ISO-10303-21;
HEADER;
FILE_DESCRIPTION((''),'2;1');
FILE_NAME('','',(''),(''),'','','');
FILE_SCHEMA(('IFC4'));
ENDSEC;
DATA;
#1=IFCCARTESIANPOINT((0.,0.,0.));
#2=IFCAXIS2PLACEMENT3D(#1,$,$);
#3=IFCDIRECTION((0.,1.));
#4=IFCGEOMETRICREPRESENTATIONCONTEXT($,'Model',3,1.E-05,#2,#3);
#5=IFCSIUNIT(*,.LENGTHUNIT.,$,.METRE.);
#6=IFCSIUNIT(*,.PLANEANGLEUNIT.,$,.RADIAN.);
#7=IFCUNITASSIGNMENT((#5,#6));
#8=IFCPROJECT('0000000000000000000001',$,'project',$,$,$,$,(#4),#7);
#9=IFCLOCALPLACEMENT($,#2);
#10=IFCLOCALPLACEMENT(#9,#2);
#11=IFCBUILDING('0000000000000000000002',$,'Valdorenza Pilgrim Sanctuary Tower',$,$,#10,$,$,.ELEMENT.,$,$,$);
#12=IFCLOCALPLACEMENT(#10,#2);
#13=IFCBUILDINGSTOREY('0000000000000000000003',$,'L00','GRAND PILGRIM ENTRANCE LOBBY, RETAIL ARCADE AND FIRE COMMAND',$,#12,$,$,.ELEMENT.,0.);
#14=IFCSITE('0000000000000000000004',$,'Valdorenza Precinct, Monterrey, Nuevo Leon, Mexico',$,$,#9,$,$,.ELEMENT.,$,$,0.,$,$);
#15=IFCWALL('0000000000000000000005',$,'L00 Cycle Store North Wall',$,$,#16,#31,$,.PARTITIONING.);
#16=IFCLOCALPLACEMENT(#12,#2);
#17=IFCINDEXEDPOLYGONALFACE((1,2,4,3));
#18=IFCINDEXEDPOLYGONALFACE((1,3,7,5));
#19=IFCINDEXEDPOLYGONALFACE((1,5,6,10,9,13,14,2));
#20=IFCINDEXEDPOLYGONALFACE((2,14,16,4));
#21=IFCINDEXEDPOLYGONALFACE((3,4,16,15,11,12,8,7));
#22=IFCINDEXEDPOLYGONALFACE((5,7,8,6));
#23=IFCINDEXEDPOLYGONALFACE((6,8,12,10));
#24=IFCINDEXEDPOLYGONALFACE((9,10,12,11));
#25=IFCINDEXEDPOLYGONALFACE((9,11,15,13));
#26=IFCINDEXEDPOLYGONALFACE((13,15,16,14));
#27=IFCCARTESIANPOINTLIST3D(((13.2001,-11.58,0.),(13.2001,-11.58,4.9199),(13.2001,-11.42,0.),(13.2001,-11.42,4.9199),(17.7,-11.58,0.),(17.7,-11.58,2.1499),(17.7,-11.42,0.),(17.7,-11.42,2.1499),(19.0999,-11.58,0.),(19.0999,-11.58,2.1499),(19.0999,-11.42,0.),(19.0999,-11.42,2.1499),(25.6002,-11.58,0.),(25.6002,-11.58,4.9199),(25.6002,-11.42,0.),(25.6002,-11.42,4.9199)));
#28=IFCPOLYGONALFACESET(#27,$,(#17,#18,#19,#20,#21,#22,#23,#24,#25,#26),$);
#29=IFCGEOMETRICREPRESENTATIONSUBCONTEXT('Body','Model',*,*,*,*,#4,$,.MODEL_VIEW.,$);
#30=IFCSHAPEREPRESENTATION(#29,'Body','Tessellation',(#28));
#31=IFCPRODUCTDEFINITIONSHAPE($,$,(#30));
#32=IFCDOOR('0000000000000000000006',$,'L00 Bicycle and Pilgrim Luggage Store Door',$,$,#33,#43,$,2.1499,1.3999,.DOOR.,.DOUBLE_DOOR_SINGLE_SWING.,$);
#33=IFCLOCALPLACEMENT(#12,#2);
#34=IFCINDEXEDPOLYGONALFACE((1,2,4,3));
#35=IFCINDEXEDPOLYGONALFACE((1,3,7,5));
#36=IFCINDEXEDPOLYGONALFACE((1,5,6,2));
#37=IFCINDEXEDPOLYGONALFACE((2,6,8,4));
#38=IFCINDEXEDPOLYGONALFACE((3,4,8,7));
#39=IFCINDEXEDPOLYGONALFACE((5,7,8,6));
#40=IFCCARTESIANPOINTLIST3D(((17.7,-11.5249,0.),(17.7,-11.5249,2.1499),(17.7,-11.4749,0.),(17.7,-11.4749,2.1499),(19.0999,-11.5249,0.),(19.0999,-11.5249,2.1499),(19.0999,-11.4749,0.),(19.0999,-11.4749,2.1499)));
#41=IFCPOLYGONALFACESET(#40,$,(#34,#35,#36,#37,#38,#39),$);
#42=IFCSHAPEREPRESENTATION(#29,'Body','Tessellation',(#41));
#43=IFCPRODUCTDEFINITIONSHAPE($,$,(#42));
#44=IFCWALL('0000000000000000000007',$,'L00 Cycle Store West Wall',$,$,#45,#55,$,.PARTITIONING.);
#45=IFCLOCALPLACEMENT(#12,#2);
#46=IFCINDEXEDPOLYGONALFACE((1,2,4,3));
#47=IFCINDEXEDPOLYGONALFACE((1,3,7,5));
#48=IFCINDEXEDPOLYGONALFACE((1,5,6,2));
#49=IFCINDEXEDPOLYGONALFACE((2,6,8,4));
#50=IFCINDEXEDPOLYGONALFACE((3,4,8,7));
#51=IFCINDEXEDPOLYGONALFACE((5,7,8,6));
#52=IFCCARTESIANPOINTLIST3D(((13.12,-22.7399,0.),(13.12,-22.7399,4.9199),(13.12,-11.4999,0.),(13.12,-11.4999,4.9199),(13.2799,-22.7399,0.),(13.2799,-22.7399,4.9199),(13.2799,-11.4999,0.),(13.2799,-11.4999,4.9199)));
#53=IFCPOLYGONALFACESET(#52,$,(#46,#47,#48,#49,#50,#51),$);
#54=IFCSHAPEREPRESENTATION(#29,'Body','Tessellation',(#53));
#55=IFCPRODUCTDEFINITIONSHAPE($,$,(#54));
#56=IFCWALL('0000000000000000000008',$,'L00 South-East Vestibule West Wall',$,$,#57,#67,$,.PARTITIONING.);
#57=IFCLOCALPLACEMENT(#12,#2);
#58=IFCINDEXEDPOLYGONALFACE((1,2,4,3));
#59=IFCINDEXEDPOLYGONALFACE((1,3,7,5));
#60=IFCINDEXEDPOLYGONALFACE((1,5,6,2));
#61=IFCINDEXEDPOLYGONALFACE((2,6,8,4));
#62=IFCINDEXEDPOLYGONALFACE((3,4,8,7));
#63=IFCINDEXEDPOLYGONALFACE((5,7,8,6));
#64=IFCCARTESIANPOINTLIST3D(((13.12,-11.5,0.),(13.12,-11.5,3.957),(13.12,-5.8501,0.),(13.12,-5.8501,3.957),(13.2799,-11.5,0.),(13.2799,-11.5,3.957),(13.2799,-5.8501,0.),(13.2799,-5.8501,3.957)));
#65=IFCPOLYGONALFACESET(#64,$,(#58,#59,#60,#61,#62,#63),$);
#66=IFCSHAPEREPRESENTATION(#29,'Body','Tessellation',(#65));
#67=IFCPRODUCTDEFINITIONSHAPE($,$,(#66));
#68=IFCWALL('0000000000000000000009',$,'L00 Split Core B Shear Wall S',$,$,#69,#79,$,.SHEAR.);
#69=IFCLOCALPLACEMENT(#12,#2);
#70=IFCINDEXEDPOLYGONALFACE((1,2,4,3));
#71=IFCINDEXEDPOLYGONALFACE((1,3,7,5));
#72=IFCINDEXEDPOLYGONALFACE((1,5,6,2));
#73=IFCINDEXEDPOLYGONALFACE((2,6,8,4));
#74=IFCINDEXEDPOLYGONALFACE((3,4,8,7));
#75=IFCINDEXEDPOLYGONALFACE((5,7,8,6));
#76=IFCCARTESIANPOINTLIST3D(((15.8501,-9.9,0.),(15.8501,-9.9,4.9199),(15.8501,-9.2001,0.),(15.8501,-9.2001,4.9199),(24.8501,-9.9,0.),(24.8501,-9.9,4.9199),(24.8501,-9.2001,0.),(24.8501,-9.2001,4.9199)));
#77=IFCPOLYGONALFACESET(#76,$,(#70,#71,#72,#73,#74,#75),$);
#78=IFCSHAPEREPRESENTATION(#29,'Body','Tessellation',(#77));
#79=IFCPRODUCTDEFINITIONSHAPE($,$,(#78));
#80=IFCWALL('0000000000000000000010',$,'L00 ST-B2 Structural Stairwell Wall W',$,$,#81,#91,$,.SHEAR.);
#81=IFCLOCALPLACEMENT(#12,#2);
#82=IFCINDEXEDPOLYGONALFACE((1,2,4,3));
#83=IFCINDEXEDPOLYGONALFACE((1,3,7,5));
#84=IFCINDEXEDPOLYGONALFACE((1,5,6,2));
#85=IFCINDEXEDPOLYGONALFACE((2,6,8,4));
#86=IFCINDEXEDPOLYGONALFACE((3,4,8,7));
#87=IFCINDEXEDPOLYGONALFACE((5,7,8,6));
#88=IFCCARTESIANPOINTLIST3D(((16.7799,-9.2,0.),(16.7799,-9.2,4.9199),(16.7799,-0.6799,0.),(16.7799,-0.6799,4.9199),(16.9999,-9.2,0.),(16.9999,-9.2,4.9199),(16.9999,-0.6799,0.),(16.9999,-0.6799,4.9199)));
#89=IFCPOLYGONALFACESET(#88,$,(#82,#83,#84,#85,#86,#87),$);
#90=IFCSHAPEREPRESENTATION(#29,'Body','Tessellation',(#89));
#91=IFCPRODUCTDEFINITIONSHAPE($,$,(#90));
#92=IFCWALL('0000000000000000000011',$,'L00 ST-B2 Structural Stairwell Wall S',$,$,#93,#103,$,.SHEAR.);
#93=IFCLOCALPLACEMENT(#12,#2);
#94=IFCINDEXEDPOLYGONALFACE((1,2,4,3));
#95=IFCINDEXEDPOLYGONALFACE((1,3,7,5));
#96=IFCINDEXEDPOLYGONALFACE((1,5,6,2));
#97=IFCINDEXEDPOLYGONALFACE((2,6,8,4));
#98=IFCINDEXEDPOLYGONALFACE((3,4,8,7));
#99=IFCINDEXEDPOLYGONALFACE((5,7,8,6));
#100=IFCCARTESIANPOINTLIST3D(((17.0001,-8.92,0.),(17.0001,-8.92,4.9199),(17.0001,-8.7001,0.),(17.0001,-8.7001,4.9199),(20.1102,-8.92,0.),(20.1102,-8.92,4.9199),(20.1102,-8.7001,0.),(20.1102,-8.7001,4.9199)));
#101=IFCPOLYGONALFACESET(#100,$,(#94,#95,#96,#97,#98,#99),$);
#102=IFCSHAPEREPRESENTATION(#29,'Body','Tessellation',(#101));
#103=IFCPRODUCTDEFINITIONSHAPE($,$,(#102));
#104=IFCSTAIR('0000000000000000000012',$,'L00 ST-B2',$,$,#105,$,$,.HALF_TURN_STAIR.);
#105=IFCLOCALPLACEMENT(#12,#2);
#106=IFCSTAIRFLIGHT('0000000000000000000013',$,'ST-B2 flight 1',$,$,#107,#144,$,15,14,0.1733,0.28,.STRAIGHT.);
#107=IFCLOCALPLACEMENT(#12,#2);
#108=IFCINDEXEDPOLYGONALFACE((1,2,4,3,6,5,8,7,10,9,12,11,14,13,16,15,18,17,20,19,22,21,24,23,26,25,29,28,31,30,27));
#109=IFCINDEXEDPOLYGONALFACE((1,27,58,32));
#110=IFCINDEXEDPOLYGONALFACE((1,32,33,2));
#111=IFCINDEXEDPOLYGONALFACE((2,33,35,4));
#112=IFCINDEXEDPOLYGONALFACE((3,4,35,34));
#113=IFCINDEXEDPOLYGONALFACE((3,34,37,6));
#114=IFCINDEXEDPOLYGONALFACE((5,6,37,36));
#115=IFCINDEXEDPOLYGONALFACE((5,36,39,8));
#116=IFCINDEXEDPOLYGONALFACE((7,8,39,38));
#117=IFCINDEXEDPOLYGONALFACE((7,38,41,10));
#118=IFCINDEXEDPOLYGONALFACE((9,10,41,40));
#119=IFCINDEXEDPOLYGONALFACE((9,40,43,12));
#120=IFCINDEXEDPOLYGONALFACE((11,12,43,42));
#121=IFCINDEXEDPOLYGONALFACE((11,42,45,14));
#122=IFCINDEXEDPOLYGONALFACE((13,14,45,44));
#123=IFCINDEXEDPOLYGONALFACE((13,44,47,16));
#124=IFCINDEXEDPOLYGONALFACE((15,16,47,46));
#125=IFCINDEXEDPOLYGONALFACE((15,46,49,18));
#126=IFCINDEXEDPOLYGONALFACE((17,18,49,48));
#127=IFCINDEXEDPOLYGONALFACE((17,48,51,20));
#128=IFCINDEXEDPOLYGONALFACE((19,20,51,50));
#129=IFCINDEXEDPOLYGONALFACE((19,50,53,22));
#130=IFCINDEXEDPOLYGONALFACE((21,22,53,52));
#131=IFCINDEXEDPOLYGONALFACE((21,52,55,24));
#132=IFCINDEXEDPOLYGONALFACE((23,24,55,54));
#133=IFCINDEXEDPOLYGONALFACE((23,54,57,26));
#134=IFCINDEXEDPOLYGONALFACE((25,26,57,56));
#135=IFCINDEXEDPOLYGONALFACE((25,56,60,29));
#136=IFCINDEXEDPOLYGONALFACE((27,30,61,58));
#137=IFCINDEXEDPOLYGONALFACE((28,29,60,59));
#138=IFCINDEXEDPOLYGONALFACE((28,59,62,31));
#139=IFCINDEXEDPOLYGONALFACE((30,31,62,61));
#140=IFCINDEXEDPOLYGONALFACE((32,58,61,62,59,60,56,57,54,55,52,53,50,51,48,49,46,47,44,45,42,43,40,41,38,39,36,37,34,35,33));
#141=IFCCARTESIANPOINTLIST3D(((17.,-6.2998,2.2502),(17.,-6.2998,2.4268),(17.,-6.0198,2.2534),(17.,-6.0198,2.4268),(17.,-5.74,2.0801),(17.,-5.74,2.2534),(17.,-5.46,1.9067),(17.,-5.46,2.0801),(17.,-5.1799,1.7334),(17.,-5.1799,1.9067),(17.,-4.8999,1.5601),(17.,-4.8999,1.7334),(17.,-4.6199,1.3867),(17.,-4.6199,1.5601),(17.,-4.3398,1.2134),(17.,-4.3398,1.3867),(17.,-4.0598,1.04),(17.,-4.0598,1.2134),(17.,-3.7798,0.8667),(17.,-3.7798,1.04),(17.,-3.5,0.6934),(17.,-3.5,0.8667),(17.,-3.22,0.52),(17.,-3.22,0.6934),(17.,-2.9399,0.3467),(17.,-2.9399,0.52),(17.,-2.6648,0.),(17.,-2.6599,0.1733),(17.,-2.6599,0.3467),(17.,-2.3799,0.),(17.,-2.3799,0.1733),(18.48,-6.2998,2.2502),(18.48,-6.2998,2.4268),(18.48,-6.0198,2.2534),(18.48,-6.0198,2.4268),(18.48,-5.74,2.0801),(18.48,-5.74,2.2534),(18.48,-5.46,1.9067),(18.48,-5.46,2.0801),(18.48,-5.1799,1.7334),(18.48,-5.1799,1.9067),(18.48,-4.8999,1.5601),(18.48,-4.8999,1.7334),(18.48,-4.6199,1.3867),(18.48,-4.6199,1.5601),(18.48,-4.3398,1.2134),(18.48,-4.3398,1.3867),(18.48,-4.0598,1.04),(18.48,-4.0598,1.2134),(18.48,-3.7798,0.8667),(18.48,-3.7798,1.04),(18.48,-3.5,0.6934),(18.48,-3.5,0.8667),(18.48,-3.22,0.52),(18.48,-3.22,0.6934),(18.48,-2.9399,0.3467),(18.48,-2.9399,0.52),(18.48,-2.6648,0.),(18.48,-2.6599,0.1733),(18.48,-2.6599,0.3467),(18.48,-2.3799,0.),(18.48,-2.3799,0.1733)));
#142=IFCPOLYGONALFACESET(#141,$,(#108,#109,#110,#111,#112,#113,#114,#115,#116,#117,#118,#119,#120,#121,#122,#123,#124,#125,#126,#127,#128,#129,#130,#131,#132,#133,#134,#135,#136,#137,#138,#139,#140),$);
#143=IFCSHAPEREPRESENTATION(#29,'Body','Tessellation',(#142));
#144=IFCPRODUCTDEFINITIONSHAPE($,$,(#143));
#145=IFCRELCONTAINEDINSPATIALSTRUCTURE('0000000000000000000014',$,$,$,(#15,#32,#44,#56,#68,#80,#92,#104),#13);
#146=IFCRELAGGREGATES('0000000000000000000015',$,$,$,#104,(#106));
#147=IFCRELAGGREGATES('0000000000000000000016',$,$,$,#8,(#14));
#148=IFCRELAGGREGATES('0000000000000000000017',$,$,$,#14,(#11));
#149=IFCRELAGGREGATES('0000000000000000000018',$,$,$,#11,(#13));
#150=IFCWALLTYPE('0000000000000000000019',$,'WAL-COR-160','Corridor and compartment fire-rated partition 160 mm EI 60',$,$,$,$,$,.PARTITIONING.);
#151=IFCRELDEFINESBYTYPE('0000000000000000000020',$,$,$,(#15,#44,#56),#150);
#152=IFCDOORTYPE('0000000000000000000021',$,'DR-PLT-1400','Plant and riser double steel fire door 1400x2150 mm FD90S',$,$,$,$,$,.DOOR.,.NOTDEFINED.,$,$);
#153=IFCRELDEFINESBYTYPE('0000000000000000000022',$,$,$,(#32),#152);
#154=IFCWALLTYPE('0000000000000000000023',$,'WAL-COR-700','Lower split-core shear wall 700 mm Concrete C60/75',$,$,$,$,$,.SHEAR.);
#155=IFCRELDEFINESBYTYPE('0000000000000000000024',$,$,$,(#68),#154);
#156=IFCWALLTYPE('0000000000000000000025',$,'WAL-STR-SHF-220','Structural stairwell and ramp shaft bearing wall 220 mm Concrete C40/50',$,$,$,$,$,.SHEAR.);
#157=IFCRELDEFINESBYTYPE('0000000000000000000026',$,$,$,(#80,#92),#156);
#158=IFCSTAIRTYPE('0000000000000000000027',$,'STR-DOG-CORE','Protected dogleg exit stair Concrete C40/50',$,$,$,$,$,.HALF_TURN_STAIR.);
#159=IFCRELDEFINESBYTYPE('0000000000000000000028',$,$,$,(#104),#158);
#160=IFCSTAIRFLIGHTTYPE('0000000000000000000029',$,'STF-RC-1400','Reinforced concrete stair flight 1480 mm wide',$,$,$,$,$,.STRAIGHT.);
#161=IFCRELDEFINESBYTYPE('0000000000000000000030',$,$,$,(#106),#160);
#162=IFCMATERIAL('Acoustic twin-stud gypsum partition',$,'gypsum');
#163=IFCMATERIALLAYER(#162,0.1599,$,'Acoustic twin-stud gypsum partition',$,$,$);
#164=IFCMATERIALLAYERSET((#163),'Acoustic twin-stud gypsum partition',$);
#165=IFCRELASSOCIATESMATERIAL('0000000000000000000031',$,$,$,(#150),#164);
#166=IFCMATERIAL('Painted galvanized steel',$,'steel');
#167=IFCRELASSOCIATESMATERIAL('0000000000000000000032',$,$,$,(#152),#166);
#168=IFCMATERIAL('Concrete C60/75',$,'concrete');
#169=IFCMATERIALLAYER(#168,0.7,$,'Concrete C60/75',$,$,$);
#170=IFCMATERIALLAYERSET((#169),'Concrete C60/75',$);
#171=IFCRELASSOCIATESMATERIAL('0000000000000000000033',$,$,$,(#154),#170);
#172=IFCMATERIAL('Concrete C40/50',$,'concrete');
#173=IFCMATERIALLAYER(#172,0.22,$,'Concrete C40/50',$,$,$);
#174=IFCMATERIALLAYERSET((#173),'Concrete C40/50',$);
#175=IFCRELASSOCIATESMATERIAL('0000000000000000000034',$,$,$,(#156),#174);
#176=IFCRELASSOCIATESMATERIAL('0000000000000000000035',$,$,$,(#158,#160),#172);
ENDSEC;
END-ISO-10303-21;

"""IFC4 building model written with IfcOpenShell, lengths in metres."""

from ifc_helpers import new_model, si_unit, direction, frame, frame_2d, origin, place, context, subcontext, project, spatial, polyline, rectangle, outline, extrude, material, layer, layer_set, type_object, element, fill, aggregate, save


model = new_model("IFC4")

# Units and contexts
model_context = context("Model", 3, precision=1e-05, world=origin(), true_north=direction((0.0, 1.0)))
body_context = subcontext(model_context, "Body", "Model", "MODEL_VIEW")
ifc_project = project(units=[si_unit("LENGTHUNIT", "METRE"), si_unit("PLANEANGLEUNIT", "RADIAN")], contexts=[model_context])

# Site, building, storey
site_placement = place(None, origin())
site = spatial("IfcSite", under=ifc_project, at=site_placement, Name="Valdorenza Precinct, Monterrey, Nuevo Leon, Mexico", CompositionType="ELEMENT", RefElevation=0.0)
building_placement = place(site_placement, origin())
building = spatial("IfcBuilding", under=site, at=building_placement, Name="Valdorenza Pilgrim Sanctuary Tower", CompositionType="ELEMENT")
storey_placement = place(building_placement, origin())
storey = spatial("IfcBuildingStorey", under=building, at=storey_placement, Name="L00", Description="GRAND PILGRIM ENTRANCE LOBBY, RETAIL ARCADE AND FIRE COMMAND", CompositionType="ELEMENT", Elevation=0.0)

# Shared definitions
ifc_material_1 = material(Name="Concrete C60/75", Category="concrete")

# Wall, opening, door
ifc_material_2 = material(Name="Acoustic twin-stud gypsum partition", Category="gypsum")
ifc_layer_1 = layer(ifc_material_2, 0.1599, Name="Acoustic twin-stud gypsum partition")
ifc_layer_set_1 = layer_set([ifc_layer_1], Name="Acoustic twin-stud gypsum partition")
wall_type_1 = type_object("IfcWallType", Name="WAL-COR-160", Description="Corridor and compartment fire-rated partition 160 mm EI 60", PredefinedType="PARTITIONING", material=ifc_layer_set_1)
wall_1_placement = place(storey_placement, frame((13.2, -11.5, 0.0), z_axis=(0.0, 0.0, 1.0), x_axis=(1.0, 0.0, 0.0)))
wall_1 = element("IfcWall", 1, at=wall_1_placement, inside=storey, type_object=wall_type_1, Name="L00 Cycle Store North Wall", PredefinedType="PARTITIONING", context=body_context, shape_type="SweptSolid", body=[
    extrude(rectangle(XDim=12.4001, YDim=0.1599, at=frame_2d((6.2002, 0.0))), origin(), (0.0, 0.0, 1.0), 4.9199),
])
opening_1_placement = place(wall_1_placement, frame((4.5, 0.0, 0.0)))
opening_1 = element("IfcOpeningElement", 2, at=opening_1_placement, cuts=wall_1, PredefinedType="OPENING", context=body_context, shape_type="SweptSolid", body=[
    extrude(rectangle(XDim=1.3999, YDim=2.1499, at=frame_2d((0.7, 1.075))), frame((0.0, 0.0947, 0.0), z_axis=(0.0, -1.0, 0.0), x_axis=(1.0, 0.0, 0.0)), (0.0, 0.0, 1.0), 0.1897),
])
ifc_material_3 = material(Name="Painted galvanized steel", Category="steel")
door_type_1 = type_object("IfcDoorType", Name="DR-PLT-1400", Description="Plant and riser double steel fire door 1400x2150 mm FD90S", OperationType="NOTDEFINED", PredefinedType="DOOR", material=ifc_material_3)
door_1_placement = place(opening_1_placement, frame((1.3999, 0.0, 0.0), z_axis=(0.0, 0.0, 1.0), x_axis=(-1.0, 0.0, 0.0)))
door_1 = element("IfcDoor", 3, at=door_1_placement, inside=storey, type_object=door_type_1, Name="L00 Bicycle and Pilgrim Luggage Store Door", OperationType="DOUBLE_DOOR_SINGLE_SWING", OverallHeight=2.1499, OverallWidth=1.3999, PredefinedType="DOOR", context=body_context, shape_type="SweptSolid", body=[
    extrude(rectangle(XDim=1.3999, YDim=2.1499, at=frame_2d((0.7, 1.075))), frame((0.0, 0.0249, 0.0), z_axis=(0.0, -1.0, 0.0), x_axis=(1.0, 0.0, 0.0)), (0.0, 0.0, 1.0), 0.05),
])
fill(opening_1, door_1)

# Walls
wall_2_placement = place(storey_placement, frame((13.2, -22.74, 0.0), z_axis=(0.0, 0.0, 1.0), x_axis=(0.0, 1.0, 0.0)))
element("IfcWall", 4, at=wall_2_placement, inside=storey, type_object=wall_type_1, Name="L00 Cycle Store West Wall", PredefinedType="PARTITIONING", context=body_context, shape_type="SweptSolid", body=[
    extrude(rectangle(XDim=11.24, YDim=0.1599, at=frame_2d((5.6201, 0.0))), origin(), (0.0, 0.0, 1.0), 4.9199),
])
wall_3_placement = place(storey_placement, frame((13.2, -11.5, 0.0), z_axis=(0.0, 0.0, 1.0), x_axis=(0.0, 1.0, 0.0)))
element("IfcWall", 5, at=wall_3_placement, inside=storey, type_object=wall_type_1, Name="L00 South-East Vestibule West Wall", PredefinedType="PARTITIONING", context=body_context, shape_type="SweptSolid", body=[
    extrude(rectangle(XDim=5.6499, YDim=0.1599, at=frame_2d((2.825, 0.0))), origin(), (0.0, 0.0, 1.0), 3.957),
])
ifc_layer_2 = layer(ifc_material_1, 0.7, Name="Concrete C60/75")
ifc_layer_set_2 = layer_set([ifc_layer_2], Name="Concrete C60/75")
wall_type_2 = type_object("IfcWallType", Name="WAL-COR-700", Description="Lower split-core shear wall 700 mm Concrete C60/75", PredefinedType="SHEAR", material=ifc_layer_set_2)
wall_4_placement = place(storey_placement, frame((15.8501, -9.55, 0.0), z_axis=(0.0, 0.0, 1.0), x_axis=(1.0, 0.0, 0.0)))
element("IfcWall", 6, at=wall_4_placement, inside=storey, type_object=wall_type_2, Name="L00 Split Core B Shear Wall S", PredefinedType="SHEAR", context=body_context, shape_type="SweptSolid", body=[
    extrude(rectangle(XDim=9.0, YDim=0.7, at=frame_2d((4.5, 0.0))), origin(), (0.0, 0.0, 1.0), 4.9199),
])
ifc_material_4 = material(Name="Concrete C40/50", Category="concrete")
ifc_layer_3 = layer(ifc_material_4, 0.22, Name="Concrete C40/50")
ifc_layer_set_3 = layer_set([ifc_layer_3], Name="Concrete C40/50")
wall_type_3 = type_object("IfcWallType", Name="WAL-STR-SHF-220", Description="Structural stairwell and ramp shaft bearing wall 220 mm Concrete C40/50", PredefinedType="SHEAR", material=ifc_layer_set_3)
wall_5_placement = place(storey_placement, frame((16.8899, -9.2, 0.0), z_axis=(0.0, 0.0, 1.0), x_axis=(0.0, 1.0, 0.0)))
element("IfcWall", 7, at=wall_5_placement, inside=storey, type_object=wall_type_3, Name="L00 ST-B2 Structural Stairwell Wall W", PredefinedType="SHEAR", context=body_context, shape_type="SweptSolid", body=[
    extrude(rectangle(XDim=8.52, YDim=0.22, at=frame_2d((4.26, 0.0))), origin(), (0.0, 0.0, 1.0), 4.9199),
])
wall_6_placement = place(storey_placement, frame((17.0, -8.8101, 0.0), z_axis=(0.0, 0.0, 1.0), x_axis=(1.0, 0.0, 0.0)))
element("IfcWall", 8, at=wall_6_placement, inside=storey, type_object=wall_type_3, Name="L00 ST-B2 Structural Stairwell Wall S", PredefinedType="SHEAR", context=body_context, shape_type="SweptSolid", body=[
    extrude(rectangle(XDim=3.1101, YDim=0.22, at=frame_2d((1.5552, 0.0))), origin(), (0.0, 0.0, 1.0), 4.9199),
])

# Stair, stair flight
stair_type = type_object("IfcStairType", Name="STR-DOG-CORE", Description="Protected dogleg exit stair Concrete C40/50", PredefinedType="HALF_TURN_STAIR", material=ifc_material_4)
stair_placement = place(storey_placement, origin())
stair = element("IfcStair", 9, at=stair_placement, inside=storey, type_object=stair_type, Name="L00 ST-B2", PredefinedType="HALF_TURN_STAIR")
stair_flight_type = type_object("IfcStairFlightType", Name="STF-RC-1400", Description="Reinforced concrete stair flight 1480 mm wide", PredefinedType="STRAIGHT", material=ifc_material_4)
stair_flight_1_placement = place(storey_placement, frame((17.74, -2.3799, 0.0), z_axis=(0.0, 0.0, 1.0), x_axis=(0.0, -1.0, 0.0)))
stair_flight_1 = element("IfcStairFlight", 10, at=stair_flight_1_placement, type_object=stair_flight_type, Name="ST-B2 flight 1", NumberOfRisers=15, NumberOfTreads=14, PredefinedType="STRAIGHT", RiserHeight=0.1733, TreadLength=0.28, context=body_context, shape_type="SweptSolid", body=[
    extrude(outline(polyline([(0.0, 0.0), (0.0, 0.1733), (0.28, 0.1733), (0.28, 0.3467), (0.5601, 0.3467), (0.5601, 0.52), (0.8401, 0.52), (0.8401, 0.6934), (1.1201, 0.6934), (1.1201, 0.8667), (1.3999, 0.8667), (1.3999, 1.04), (1.6799, 1.04), (1.6799, 1.2134), (1.96, 1.2134), (1.96, 1.3867), (2.24, 1.3867), (2.24, 1.5601), (2.52, 1.5601), (2.52, 1.7334), (2.8, 1.7334), (2.8, 1.9067), (3.0801, 1.9067), (3.0801, 2.0801), (3.3601, 2.0801), (3.3601, 2.2534), (3.6399, 2.2534), (3.6399, 2.4268), (3.9199, 2.4268), (3.9199, 2.6001), (3.9199, 2.2502), (0.2849, 0.0), (0.0, 0.0)])), frame((0.0, 0.74, 0.0), z_axis=(0.0, -1.0, 0.0), x_axis=(1.0, 0.0, 0.0)), (0.0, 0.0, 1.0), 1.48),
])
aggregate(stair, [stair_flight_1])

save(model, "model.ifc")
